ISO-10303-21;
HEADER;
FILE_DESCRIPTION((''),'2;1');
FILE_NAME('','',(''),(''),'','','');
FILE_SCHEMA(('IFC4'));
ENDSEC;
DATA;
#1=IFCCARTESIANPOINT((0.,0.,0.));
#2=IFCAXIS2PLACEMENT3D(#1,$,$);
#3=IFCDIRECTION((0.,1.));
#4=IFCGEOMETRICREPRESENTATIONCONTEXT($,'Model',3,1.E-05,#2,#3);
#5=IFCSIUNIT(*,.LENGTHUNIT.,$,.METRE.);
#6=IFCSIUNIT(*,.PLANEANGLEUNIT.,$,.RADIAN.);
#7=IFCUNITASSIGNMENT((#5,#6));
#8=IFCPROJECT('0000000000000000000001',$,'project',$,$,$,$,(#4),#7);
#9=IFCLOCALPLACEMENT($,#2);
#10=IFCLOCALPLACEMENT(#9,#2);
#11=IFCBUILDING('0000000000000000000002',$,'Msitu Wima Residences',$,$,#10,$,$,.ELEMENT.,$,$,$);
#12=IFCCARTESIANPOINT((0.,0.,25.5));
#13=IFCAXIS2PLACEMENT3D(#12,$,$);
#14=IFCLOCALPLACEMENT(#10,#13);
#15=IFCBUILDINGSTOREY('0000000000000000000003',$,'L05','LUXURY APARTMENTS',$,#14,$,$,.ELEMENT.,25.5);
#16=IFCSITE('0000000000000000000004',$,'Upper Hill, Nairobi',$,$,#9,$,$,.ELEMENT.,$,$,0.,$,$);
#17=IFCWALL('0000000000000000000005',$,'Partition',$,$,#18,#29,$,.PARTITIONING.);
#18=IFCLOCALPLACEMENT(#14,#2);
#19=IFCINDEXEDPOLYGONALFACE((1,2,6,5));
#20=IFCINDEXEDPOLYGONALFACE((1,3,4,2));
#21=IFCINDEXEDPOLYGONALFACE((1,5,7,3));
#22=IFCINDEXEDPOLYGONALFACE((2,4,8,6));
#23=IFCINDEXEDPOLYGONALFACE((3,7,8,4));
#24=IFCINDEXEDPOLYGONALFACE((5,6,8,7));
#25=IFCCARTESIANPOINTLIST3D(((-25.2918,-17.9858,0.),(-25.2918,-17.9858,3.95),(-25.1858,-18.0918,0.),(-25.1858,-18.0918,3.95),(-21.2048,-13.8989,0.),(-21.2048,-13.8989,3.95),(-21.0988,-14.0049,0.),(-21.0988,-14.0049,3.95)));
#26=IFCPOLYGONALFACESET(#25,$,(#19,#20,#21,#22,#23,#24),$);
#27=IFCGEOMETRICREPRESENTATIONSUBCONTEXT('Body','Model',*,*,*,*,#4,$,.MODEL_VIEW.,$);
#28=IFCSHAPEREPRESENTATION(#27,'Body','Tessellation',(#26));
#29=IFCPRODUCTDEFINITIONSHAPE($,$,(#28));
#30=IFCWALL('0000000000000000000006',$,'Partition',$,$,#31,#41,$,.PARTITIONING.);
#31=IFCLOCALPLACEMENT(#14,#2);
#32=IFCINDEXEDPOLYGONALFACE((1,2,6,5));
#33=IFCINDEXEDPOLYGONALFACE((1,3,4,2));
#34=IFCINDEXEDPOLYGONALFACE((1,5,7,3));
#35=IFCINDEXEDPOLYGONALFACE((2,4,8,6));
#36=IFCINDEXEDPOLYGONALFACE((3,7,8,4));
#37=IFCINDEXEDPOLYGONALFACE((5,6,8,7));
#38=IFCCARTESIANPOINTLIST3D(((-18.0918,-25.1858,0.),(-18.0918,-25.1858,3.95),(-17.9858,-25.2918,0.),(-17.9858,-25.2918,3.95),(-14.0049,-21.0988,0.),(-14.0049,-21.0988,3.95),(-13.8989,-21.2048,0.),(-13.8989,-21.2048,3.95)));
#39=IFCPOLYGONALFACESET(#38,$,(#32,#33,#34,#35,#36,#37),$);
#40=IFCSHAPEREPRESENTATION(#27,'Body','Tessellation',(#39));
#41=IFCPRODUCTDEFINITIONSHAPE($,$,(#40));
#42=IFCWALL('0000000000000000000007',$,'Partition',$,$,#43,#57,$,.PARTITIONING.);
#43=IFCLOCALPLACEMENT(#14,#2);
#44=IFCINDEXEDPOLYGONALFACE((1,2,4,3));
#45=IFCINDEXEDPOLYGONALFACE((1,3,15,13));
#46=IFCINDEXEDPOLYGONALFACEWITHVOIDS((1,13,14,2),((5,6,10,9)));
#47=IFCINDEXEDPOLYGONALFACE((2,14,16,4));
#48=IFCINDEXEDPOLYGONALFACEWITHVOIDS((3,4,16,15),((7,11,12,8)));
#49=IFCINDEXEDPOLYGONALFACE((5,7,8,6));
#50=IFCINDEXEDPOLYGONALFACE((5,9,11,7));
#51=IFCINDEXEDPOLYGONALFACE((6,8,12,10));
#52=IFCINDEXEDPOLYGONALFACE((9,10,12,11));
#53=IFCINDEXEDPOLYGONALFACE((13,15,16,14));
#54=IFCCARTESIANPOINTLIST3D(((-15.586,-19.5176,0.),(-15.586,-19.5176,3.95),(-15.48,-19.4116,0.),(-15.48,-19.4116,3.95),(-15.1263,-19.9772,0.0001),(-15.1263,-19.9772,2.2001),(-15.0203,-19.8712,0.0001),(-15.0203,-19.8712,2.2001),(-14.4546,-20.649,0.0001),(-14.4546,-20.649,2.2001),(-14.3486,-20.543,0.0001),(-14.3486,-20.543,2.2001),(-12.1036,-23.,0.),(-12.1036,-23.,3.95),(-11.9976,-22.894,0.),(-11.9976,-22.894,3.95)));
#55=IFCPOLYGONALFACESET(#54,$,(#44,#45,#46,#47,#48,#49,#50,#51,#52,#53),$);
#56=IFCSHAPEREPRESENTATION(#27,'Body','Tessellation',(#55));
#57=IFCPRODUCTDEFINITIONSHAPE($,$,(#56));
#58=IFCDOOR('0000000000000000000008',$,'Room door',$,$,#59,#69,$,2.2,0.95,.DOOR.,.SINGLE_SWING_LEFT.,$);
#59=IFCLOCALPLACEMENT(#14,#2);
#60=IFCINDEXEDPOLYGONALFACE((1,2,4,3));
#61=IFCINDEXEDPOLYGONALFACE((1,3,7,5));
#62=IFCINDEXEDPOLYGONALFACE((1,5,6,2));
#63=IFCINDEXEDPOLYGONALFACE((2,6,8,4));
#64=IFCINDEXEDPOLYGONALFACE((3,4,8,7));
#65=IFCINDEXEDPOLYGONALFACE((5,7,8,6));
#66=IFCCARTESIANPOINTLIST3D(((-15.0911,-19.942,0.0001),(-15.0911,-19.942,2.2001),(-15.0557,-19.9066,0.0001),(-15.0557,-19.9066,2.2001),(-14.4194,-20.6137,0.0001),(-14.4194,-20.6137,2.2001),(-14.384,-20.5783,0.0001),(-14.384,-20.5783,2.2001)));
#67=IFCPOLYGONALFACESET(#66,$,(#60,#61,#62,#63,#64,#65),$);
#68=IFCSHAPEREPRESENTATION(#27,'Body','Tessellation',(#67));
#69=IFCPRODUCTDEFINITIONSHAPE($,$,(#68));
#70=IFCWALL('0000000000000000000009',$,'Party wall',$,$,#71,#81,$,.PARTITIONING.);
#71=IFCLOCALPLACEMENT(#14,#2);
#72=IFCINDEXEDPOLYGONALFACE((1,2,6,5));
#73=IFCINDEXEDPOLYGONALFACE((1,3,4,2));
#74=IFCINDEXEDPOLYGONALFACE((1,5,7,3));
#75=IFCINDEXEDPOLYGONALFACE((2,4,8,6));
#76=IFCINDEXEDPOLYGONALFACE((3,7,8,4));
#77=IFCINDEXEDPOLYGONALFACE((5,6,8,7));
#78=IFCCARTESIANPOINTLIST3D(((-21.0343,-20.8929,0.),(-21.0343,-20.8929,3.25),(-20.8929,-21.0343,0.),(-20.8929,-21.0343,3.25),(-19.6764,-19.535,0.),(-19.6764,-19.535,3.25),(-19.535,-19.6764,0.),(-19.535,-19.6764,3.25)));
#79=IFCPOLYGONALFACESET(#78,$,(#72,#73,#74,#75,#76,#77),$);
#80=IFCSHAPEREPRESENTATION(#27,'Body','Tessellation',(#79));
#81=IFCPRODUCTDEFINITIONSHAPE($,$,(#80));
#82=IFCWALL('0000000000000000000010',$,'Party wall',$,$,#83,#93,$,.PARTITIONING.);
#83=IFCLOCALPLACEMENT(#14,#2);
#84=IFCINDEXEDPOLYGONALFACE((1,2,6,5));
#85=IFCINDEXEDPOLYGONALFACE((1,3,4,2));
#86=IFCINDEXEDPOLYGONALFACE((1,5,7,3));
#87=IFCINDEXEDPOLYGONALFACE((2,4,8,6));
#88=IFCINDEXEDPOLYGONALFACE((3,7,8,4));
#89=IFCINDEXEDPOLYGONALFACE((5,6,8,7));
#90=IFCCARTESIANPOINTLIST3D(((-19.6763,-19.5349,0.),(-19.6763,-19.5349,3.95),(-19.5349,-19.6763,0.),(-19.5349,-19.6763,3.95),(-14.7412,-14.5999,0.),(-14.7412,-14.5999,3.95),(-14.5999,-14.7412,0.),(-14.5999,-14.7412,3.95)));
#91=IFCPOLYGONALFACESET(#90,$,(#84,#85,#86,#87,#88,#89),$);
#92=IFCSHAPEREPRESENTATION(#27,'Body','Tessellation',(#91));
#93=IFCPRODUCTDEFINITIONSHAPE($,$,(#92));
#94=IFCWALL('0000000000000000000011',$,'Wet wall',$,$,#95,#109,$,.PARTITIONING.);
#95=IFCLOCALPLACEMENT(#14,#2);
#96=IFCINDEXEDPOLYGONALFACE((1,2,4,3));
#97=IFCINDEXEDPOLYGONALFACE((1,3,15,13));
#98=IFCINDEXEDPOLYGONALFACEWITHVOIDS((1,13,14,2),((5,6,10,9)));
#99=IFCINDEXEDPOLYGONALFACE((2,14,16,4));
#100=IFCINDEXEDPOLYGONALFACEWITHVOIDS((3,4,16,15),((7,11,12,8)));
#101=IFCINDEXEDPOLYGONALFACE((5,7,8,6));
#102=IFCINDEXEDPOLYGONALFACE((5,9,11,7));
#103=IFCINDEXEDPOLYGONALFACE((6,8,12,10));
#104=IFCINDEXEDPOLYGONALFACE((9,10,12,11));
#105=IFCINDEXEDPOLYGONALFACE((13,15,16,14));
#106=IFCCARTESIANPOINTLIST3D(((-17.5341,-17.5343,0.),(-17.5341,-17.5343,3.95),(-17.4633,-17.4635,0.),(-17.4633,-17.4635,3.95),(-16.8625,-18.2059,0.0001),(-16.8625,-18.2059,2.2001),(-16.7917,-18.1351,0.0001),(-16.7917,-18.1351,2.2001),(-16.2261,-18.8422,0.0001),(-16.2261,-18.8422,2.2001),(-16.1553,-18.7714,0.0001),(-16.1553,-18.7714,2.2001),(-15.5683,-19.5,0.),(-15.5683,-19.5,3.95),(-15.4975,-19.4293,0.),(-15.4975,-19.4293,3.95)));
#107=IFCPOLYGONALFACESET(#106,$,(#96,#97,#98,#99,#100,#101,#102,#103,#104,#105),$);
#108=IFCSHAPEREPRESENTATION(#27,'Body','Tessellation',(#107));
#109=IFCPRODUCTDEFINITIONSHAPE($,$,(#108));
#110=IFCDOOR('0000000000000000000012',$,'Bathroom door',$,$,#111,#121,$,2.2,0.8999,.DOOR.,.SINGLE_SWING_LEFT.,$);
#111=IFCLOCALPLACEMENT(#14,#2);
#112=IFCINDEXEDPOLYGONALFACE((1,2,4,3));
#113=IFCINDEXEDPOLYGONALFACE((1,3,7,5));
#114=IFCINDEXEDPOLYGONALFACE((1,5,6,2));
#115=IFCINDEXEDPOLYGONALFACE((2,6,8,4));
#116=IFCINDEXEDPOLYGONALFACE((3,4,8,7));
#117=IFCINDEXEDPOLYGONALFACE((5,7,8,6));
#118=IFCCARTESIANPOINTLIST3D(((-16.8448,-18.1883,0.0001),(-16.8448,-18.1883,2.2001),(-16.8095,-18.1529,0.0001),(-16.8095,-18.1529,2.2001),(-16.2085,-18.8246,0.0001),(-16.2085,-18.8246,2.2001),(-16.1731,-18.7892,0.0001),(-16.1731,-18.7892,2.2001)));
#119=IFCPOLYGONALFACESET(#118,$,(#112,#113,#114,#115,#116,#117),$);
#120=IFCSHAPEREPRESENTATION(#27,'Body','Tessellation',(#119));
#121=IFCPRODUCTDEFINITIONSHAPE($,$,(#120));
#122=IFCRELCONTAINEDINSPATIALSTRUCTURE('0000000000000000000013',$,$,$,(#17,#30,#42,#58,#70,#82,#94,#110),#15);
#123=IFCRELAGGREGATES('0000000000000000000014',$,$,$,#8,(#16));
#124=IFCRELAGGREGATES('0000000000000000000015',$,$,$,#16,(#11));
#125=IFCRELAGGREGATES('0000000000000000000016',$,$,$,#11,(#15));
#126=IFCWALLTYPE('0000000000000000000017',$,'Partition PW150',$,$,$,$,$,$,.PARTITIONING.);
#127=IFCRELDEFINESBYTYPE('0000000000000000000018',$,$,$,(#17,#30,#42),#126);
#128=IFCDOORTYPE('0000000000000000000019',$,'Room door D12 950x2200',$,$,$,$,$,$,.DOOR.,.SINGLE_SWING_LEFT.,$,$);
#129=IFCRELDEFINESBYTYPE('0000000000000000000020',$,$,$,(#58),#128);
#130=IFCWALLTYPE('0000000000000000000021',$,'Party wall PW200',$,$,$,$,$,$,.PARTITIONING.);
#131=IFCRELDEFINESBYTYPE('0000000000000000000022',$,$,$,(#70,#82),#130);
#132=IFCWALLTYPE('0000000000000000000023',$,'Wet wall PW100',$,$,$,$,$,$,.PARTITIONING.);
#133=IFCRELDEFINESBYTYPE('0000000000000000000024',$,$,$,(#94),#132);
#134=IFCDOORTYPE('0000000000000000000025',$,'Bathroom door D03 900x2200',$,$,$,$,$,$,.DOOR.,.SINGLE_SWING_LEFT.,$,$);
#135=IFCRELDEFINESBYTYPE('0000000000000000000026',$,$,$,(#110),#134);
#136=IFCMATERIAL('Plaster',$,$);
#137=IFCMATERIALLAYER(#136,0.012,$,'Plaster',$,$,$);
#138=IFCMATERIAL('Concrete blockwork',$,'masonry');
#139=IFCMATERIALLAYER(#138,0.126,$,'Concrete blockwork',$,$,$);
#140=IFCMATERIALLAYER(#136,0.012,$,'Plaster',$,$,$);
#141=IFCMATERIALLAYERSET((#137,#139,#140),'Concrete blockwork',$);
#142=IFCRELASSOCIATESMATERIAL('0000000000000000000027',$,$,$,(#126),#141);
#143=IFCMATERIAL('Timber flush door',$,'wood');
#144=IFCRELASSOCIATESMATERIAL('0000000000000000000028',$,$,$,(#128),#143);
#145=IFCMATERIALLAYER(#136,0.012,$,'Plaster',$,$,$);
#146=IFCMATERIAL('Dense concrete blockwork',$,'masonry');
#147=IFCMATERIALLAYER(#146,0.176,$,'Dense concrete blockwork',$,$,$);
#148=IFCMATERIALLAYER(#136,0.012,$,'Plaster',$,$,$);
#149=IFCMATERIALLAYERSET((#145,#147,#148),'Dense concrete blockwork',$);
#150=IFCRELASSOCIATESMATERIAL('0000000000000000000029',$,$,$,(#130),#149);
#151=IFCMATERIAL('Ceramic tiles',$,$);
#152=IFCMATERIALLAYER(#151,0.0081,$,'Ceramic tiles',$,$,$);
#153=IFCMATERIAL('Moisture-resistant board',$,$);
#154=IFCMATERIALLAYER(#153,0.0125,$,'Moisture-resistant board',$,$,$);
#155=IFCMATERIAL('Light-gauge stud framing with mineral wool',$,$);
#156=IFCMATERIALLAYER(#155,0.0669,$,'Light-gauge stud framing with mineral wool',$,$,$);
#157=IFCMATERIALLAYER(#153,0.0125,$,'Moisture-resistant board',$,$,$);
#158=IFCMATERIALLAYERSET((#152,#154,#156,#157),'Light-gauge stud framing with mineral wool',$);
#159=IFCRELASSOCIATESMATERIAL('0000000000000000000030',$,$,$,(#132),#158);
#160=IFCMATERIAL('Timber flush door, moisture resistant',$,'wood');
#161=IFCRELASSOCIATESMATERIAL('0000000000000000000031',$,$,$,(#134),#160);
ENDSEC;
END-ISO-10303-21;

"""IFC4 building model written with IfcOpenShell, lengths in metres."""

from ifc_helpers import new_model, si_unit, direction, frame, frame_2d, origin, place, context, subcontext, project, spatial, rectangle, extrude, material, layer, layer_set, type_object, element, fill, save


model = new_model("IFC4")

# Units and contexts
model_context = context("Model", 3, precision=1e-05, world=origin(), true_north=direction((0.0, 1.0)))
body_context = subcontext(model_context, "Body", "Model", "MODEL_VIEW")
ifc_project = project(units=[si_unit("LENGTHUNIT", "METRE"), si_unit("PLANEANGLEUNIT", "RADIAN")], contexts=[model_context])

# Site, building, storey
site_placement = place(None, origin())
site = spatial("IfcSite", under=ifc_project, at=site_placement, Name="Upper Hill, Nairobi", CompositionType="ELEMENT", RefElevation=0.0)
building_placement = place(site_placement, origin())
building = spatial("IfcBuilding", under=site, at=building_placement, Name="Msitu Wima Residences", CompositionType="ELEMENT")
storey_placement = place(building_placement, frame((0.0, 0.0, 25.5)))
storey = spatial("IfcBuildingStorey", under=building, at=storey_placement, Name="L05", Description="LUXURY APARTMENTS", CompositionType="ELEMENT", Elevation=25.5)

# Shared definitions
ifc_material_1 = material(Name="Plaster")
ifc_material_2 = material(Name="Concrete blockwork", Category="masonry")

# Walls
ifc_layer_1 = layer(ifc_material_1, 0.012, Name="Plaster")
ifc_layer_2 = layer(ifc_material_2, 0.126, Name="Concrete blockwork")
ifc_layer_3 = layer(ifc_material_1, 0.012, Name="Plaster")
ifc_layer_set_1 = layer_set([ifc_layer_1, ifc_layer_2, ifc_layer_3], Name="Concrete blockwork")
wall_type_1 = type_object("IfcWallType", Name="Partition PW150", PredefinedType="PARTITIONING", material=ifc_layer_set_1)
for number, where, z_axis, x_axis, name in (
    (1, (-25.2388, -18.0388, 0.0), (0.0, 0.0, 1.0), (0.707107, 0.707107, 0.0), "Partition"),
    (2, (-18.0388, -25.2388, 0.0), (0.0, 0.0, 1.0), (0.707107, 0.707107, 0.0), "Partition"),
):
    element("IfcWall", number, at=place(storey_placement, frame(where, z_axis=z_axis, x_axis=x_axis)), inside=storey, type_object=wall_type_1, Name=name, PredefinedType="PARTITIONING", context=body_context, shape_type="SweptSolid", body=[
        extrude(rectangle(XDim=5.7798, YDim=0.1499, at=frame_2d((2.8899, 0.0))), origin(), (0.0, 0.0, 1.0), 3.95),
    ])

# Wall, opening, door
wall_1_placement = place(storey_placement, frame((-15.533, -19.4646, 0.0), z_axis=(0.0, 0.0, 1.0), x_axis=(0.707107, -0.707107, 0.0)))
wall_1 = element("IfcWall", 3, at=wall_1_placement, inside=storey, type_object=wall_type_1, Name="Partition", PredefinedType="PARTITIONING", context=body_context, shape_type="SweptSolid", body=[
    extrude(rectangle(XDim=4.9248, YDim=0.1499, at=frame_2d((2.4624, 0.0))), origin(), (0.0, 0.0, 1.0), 3.95),
])
opening_1_placement = place(wall_1_placement, frame((0.6499, 0.0, 0.0)))
opening_1 = element("IfcOpeningElement", 4, at=opening_1_placement, cuts=wall_1, PredefinedType="OPENING", context=body_context, shape_type="SweptSolid", body=[
    extrude(rectangle(XDim=0.95, YDim=2.2, at=frame_2d((0.4751, 1.1001))), frame((0.0, 0.085, 0.0), z_axis=(0.0, -1.0, 0.0), x_axis=(1.0, 0.0, 0.0)), (0.0, 0.0, 1.0), 0.1699),
])
ifc_material_3 = material(Name="Timber flush door", Category="wood")
door_type_1 = type_object("IfcDoorType", Name="Room door D12 950x2200", OperationType="SINGLE_SWING_LEFT", PredefinedType="DOOR", material=ifc_material_3)
door_1_placement = place(opening_1_placement, origin())
door_1 = element("IfcDoor", 5, at=door_1_placement, inside=storey, type_object=door_type_1, Name="Room door", OperationType="SINGLE_SWING_LEFT", OverallHeight=2.2, OverallWidth=0.95, PredefinedType="DOOR", context=body_context, shape_type="SweptSolid", body=[
    extrude(rectangle(XDim=0.95, YDim=2.2, at=frame_2d((0.4751, 1.1001))), frame((0.0, 0.0249, 0.0), z_axis=(0.0, -1.0, 0.0), x_axis=(1.0, 0.0, 0.0)), (0.0, 0.0, 1.0), 0.05),
])
fill(opening_1, door_1)

# Walls
ifc_layer_4 = layer(ifc_material_1, 0.012, Name="Plaster")
ifc_material_4 = material(Name="Dense concrete blockwork", Category="masonry")
ifc_layer_5 = layer(ifc_material_4, 0.176, Name="Dense concrete blockwork")
ifc_layer_6 = layer(ifc_material_1, 0.012, Name="Plaster")
ifc_layer_set_2 = layer_set([ifc_layer_4, ifc_layer_5, ifc_layer_6], Name="Dense concrete blockwork")
wall_type_2 = type_object("IfcWallType", Name="Party wall PW200", PredefinedType="PARTITIONING", material=ifc_layer_set_2)
wall_2_placement = place(storey_placement, frame((-20.9636, -20.9636, 0.0), z_axis=(0.0, 0.0, 1.0), x_axis=(0.707107, 0.707107, 0.0)))
element("IfcWall", 6, at=wall_2_placement, inside=storey, type_object=wall_type_2, Name="Party wall", PredefinedType="PARTITIONING", context=body_context, shape_type="SweptSolid", body=[
    extrude(rectangle(XDim=1.9204, YDim=0.2, at=frame_2d((0.9602, 0.0))), origin(), (0.0, 0.0, 1.0), 3.25),
])
wall_3_placement = place(storey_placement, frame((-19.6057, -19.6057, 0.0), z_axis=(0.0, 0.0, 1.0), x_axis=(0.707107, 0.707107, 0.0)))
element("IfcWall", 7, at=wall_3_placement, inside=storey, type_object=wall_type_2, Name="Party wall", PredefinedType="PARTITIONING", context=body_context, shape_type="SweptSolid", body=[
    extrude(rectangle(XDim=6.9792, YDim=0.2, at=frame_2d((3.4897, 0.0))), origin(), (0.0, 0.0, 1.0), 3.95),
])

# Wall, opening, door
ifc_material_5 = material(Name="Ceramic tiles")
ifc_layer_7 = layer(ifc_material_5, 0.0081, Name="Ceramic tiles")
ifc_material_6 = material(Name="Moisture-resistant board")
ifc_layer_8 = layer(ifc_material_6, 0.0125, Name="Moisture-resistant board")
ifc_material_7 = material(Name="Light-gauge stud framing with mineral wool")
ifc_layer_9 = layer(ifc_material_7, 0.0669, Name="Light-gauge stud framing with mineral wool")
ifc_layer_10 = layer(ifc_material_6, 0.0125, Name="Moisture-resistant board")
ifc_layer_set_3 = layer_set([ifc_layer_7, ifc_layer_8, ifc_layer_9, ifc_layer_10], Name="Light-gauge stud framing with mineral wool")
wall_type_3 = type_object("IfcWallType", Name="Wet wall PW100", PredefinedType="PARTITIONING", material=ifc_layer_set_3)
wall_4_placement = place(storey_placement, frame((-17.4988, -17.4988, 0.0), z_axis=(0.0, 0.0, 1.0), x_axis=(0.707107, -0.707107, 0.0)))
wall_4 = element("IfcWall", 8, at=wall_4_placement, inside=storey, type_object=wall_type_3, Name="Wet wall", PredefinedType="PARTITIONING", context=body_context, shape_type="SweptSolid", body=[
    extrude(rectangle(XDim=2.78, YDim=0.1001, at=frame_2d((1.3901, 0.0))), origin(), (0.0, 0.0, 1.0), 3.95),
])
opening_2_placement = place(wall_4_placement, frame((0.95, 0.0, 0.0)))
opening_2 = element("IfcOpeningElement", 9, at=opening_2_placement, cuts=wall_4, PredefinedType="OPENING", context=body_context, shape_type="SweptSolid", body=[
    extrude(rectangle(XDim=0.8999, YDim=2.2, at=frame_2d((0.45, 1.1001))), frame((0.0, 0.0601, 0.0), z_axis=(0.0, -1.0, 0.0), x_axis=(1.0, 0.0, 0.0)), (0.0, 0.0, 1.0), 0.1201),
])
ifc_material_8 = material(Name="Timber flush door, moisture resistant", Category="wood")
door_type_2 = type_object("IfcDoorType", Name="Bathroom door D03 900x2200", OperationType="SINGLE_SWING_LEFT", PredefinedType="DOOR", material=ifc_material_8)
door_2_placement = place(opening_2_placement, origin())
door_2 = element("IfcDoor", 10, at=door_2_placement, inside=storey, type_object=door_type_2, Name="Bathroom door", OperationType="SINGLE_SWING_LEFT", OverallHeight=2.2, OverallWidth=0.8999, PredefinedType="DOOR", context=body_context, shape_type="SweptSolid", body=[
    extrude(rectangle(XDim=0.8999, YDim=2.2, at=frame_2d((0.45, 1.1001))), frame((0.0, 0.0249, 0.0), z_axis=(0.0, -1.0, 0.0), x_axis=(1.0, 0.0, 0.0)), (0.0, 0.0, 1.0), 0.05),
])
fill(opening_2, door_2)

save(model, "model.ifc")
